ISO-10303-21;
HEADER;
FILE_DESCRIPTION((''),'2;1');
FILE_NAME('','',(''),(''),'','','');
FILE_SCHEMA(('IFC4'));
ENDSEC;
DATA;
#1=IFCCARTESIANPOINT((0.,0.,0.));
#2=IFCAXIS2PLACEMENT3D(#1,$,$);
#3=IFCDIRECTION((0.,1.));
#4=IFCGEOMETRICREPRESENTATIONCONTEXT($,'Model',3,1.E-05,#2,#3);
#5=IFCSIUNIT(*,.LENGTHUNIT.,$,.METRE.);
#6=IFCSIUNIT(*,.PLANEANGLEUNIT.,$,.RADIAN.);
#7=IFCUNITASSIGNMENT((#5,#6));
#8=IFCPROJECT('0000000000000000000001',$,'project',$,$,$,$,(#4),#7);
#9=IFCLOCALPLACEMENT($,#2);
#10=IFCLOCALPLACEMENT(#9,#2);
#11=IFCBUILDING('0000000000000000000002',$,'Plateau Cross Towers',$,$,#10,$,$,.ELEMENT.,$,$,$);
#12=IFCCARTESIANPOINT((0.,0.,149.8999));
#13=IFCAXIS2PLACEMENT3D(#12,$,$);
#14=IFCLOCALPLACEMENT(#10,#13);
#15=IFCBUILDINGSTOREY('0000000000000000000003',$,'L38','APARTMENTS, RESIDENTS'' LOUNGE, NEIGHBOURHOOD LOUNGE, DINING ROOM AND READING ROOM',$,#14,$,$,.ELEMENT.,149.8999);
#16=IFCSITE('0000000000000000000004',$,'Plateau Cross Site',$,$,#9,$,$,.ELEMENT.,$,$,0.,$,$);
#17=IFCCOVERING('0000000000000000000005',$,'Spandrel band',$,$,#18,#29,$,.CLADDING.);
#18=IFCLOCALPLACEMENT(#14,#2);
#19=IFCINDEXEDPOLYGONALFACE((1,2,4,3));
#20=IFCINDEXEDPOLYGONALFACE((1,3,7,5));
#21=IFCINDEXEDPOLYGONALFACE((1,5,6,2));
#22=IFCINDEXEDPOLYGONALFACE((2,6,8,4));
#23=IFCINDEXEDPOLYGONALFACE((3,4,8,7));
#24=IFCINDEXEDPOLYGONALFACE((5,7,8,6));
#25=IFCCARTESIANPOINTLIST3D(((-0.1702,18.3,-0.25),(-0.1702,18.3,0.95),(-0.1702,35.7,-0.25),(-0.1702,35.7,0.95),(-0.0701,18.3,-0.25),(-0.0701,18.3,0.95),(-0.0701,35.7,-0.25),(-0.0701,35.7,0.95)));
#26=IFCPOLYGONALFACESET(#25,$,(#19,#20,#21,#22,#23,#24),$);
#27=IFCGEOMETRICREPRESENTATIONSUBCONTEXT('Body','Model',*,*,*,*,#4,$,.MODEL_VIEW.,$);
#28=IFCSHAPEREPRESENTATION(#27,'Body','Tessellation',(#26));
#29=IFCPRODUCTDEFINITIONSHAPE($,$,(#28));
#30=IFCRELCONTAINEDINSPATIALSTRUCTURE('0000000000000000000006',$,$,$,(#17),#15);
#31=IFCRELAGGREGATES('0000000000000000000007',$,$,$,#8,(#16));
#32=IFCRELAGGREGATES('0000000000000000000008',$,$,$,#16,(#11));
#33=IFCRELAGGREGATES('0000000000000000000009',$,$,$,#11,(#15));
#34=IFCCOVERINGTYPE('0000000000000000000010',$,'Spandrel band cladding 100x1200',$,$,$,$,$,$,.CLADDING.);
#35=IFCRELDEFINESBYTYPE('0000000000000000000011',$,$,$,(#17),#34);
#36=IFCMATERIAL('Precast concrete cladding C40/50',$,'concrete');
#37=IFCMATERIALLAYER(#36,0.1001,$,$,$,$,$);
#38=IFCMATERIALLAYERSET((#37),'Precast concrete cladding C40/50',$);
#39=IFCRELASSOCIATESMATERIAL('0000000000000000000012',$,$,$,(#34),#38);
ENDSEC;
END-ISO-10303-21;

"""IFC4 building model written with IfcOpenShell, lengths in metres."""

from ifc_helpers import new_model, si_unit, direction, frame, origin, origin_2d, place, context, subcontext, project, spatial, rectangle, extrude, material, layer, layer_set, type_object, element, save


model = new_model("IFC4")

# Units and contexts
model_context = context("Model", 3, precision=1e-05, world=origin(), true_north=direction((0.0, 1.0)))
body_context = subcontext(model_context, "Body", "Model", "MODEL_VIEW")
ifc_project = project(units=[si_unit("LENGTHUNIT", "METRE"), si_unit("PLANEANGLEUNIT", "RADIAN")], contexts=[model_context])

# Site, building, storey
site_placement = place(None, origin())
site = spatial("IfcSite", under=ifc_project, at=site_placement, Name="Plateau Cross Site", CompositionType="ELEMENT", RefElevation=0.0)
building_placement = place(site_placement, origin())
building = spatial("IfcBuilding", under=site, at=building_placement, Name="Plateau Cross Towers", CompositionType="ELEMENT")
storey_placement = place(building_placement, frame((0.0, 0.0, 149.8999)))
storey = spatial("IfcBuildingStorey", under=building, at=storey_placement, Name="L38", Description="APARTMENTS, RESIDENTS' LOUNGE, NEIGHBOURHOOD LOUNGE, DINING ROOM AND READING ROOM", CompositionType="ELEMENT", Elevation=149.8999)

# Covering
ifc_material_1 = material(Name="Precast concrete cladding C40/50", Category="concrete")
ifc_layer_1 = layer(ifc_material_1, 0.1001)
ifc_layer_set_1 = layer_set([ifc_layer_1], Name="Precast concrete cladding C40/50")
covering_type = type_object("IfcCoveringType", Name="Spandrel band cladding 100x1200", PredefinedType="CLADDING", material=ifc_layer_set_1)
covering_placement = place(storey_placement, frame((-0.1201, 27.0, -0.25), z_axis=(0.0, 0.0, 1.0), x_axis=(0.0, -1.0, 0.0)))
element("IfcCovering", 1, at=covering_placement, inside=storey, type_object=covering_type, Name="Spandrel band", PredefinedType="CLADDING", context=body_context, shape_type="SweptSolid", body=[
    extrude(rectangle(XDim=17.3999, YDim=0.1001, at=origin_2d()), origin(), (0.0, 0.0, 1.0), 1.2),
])

save(model, "model.ifc")
